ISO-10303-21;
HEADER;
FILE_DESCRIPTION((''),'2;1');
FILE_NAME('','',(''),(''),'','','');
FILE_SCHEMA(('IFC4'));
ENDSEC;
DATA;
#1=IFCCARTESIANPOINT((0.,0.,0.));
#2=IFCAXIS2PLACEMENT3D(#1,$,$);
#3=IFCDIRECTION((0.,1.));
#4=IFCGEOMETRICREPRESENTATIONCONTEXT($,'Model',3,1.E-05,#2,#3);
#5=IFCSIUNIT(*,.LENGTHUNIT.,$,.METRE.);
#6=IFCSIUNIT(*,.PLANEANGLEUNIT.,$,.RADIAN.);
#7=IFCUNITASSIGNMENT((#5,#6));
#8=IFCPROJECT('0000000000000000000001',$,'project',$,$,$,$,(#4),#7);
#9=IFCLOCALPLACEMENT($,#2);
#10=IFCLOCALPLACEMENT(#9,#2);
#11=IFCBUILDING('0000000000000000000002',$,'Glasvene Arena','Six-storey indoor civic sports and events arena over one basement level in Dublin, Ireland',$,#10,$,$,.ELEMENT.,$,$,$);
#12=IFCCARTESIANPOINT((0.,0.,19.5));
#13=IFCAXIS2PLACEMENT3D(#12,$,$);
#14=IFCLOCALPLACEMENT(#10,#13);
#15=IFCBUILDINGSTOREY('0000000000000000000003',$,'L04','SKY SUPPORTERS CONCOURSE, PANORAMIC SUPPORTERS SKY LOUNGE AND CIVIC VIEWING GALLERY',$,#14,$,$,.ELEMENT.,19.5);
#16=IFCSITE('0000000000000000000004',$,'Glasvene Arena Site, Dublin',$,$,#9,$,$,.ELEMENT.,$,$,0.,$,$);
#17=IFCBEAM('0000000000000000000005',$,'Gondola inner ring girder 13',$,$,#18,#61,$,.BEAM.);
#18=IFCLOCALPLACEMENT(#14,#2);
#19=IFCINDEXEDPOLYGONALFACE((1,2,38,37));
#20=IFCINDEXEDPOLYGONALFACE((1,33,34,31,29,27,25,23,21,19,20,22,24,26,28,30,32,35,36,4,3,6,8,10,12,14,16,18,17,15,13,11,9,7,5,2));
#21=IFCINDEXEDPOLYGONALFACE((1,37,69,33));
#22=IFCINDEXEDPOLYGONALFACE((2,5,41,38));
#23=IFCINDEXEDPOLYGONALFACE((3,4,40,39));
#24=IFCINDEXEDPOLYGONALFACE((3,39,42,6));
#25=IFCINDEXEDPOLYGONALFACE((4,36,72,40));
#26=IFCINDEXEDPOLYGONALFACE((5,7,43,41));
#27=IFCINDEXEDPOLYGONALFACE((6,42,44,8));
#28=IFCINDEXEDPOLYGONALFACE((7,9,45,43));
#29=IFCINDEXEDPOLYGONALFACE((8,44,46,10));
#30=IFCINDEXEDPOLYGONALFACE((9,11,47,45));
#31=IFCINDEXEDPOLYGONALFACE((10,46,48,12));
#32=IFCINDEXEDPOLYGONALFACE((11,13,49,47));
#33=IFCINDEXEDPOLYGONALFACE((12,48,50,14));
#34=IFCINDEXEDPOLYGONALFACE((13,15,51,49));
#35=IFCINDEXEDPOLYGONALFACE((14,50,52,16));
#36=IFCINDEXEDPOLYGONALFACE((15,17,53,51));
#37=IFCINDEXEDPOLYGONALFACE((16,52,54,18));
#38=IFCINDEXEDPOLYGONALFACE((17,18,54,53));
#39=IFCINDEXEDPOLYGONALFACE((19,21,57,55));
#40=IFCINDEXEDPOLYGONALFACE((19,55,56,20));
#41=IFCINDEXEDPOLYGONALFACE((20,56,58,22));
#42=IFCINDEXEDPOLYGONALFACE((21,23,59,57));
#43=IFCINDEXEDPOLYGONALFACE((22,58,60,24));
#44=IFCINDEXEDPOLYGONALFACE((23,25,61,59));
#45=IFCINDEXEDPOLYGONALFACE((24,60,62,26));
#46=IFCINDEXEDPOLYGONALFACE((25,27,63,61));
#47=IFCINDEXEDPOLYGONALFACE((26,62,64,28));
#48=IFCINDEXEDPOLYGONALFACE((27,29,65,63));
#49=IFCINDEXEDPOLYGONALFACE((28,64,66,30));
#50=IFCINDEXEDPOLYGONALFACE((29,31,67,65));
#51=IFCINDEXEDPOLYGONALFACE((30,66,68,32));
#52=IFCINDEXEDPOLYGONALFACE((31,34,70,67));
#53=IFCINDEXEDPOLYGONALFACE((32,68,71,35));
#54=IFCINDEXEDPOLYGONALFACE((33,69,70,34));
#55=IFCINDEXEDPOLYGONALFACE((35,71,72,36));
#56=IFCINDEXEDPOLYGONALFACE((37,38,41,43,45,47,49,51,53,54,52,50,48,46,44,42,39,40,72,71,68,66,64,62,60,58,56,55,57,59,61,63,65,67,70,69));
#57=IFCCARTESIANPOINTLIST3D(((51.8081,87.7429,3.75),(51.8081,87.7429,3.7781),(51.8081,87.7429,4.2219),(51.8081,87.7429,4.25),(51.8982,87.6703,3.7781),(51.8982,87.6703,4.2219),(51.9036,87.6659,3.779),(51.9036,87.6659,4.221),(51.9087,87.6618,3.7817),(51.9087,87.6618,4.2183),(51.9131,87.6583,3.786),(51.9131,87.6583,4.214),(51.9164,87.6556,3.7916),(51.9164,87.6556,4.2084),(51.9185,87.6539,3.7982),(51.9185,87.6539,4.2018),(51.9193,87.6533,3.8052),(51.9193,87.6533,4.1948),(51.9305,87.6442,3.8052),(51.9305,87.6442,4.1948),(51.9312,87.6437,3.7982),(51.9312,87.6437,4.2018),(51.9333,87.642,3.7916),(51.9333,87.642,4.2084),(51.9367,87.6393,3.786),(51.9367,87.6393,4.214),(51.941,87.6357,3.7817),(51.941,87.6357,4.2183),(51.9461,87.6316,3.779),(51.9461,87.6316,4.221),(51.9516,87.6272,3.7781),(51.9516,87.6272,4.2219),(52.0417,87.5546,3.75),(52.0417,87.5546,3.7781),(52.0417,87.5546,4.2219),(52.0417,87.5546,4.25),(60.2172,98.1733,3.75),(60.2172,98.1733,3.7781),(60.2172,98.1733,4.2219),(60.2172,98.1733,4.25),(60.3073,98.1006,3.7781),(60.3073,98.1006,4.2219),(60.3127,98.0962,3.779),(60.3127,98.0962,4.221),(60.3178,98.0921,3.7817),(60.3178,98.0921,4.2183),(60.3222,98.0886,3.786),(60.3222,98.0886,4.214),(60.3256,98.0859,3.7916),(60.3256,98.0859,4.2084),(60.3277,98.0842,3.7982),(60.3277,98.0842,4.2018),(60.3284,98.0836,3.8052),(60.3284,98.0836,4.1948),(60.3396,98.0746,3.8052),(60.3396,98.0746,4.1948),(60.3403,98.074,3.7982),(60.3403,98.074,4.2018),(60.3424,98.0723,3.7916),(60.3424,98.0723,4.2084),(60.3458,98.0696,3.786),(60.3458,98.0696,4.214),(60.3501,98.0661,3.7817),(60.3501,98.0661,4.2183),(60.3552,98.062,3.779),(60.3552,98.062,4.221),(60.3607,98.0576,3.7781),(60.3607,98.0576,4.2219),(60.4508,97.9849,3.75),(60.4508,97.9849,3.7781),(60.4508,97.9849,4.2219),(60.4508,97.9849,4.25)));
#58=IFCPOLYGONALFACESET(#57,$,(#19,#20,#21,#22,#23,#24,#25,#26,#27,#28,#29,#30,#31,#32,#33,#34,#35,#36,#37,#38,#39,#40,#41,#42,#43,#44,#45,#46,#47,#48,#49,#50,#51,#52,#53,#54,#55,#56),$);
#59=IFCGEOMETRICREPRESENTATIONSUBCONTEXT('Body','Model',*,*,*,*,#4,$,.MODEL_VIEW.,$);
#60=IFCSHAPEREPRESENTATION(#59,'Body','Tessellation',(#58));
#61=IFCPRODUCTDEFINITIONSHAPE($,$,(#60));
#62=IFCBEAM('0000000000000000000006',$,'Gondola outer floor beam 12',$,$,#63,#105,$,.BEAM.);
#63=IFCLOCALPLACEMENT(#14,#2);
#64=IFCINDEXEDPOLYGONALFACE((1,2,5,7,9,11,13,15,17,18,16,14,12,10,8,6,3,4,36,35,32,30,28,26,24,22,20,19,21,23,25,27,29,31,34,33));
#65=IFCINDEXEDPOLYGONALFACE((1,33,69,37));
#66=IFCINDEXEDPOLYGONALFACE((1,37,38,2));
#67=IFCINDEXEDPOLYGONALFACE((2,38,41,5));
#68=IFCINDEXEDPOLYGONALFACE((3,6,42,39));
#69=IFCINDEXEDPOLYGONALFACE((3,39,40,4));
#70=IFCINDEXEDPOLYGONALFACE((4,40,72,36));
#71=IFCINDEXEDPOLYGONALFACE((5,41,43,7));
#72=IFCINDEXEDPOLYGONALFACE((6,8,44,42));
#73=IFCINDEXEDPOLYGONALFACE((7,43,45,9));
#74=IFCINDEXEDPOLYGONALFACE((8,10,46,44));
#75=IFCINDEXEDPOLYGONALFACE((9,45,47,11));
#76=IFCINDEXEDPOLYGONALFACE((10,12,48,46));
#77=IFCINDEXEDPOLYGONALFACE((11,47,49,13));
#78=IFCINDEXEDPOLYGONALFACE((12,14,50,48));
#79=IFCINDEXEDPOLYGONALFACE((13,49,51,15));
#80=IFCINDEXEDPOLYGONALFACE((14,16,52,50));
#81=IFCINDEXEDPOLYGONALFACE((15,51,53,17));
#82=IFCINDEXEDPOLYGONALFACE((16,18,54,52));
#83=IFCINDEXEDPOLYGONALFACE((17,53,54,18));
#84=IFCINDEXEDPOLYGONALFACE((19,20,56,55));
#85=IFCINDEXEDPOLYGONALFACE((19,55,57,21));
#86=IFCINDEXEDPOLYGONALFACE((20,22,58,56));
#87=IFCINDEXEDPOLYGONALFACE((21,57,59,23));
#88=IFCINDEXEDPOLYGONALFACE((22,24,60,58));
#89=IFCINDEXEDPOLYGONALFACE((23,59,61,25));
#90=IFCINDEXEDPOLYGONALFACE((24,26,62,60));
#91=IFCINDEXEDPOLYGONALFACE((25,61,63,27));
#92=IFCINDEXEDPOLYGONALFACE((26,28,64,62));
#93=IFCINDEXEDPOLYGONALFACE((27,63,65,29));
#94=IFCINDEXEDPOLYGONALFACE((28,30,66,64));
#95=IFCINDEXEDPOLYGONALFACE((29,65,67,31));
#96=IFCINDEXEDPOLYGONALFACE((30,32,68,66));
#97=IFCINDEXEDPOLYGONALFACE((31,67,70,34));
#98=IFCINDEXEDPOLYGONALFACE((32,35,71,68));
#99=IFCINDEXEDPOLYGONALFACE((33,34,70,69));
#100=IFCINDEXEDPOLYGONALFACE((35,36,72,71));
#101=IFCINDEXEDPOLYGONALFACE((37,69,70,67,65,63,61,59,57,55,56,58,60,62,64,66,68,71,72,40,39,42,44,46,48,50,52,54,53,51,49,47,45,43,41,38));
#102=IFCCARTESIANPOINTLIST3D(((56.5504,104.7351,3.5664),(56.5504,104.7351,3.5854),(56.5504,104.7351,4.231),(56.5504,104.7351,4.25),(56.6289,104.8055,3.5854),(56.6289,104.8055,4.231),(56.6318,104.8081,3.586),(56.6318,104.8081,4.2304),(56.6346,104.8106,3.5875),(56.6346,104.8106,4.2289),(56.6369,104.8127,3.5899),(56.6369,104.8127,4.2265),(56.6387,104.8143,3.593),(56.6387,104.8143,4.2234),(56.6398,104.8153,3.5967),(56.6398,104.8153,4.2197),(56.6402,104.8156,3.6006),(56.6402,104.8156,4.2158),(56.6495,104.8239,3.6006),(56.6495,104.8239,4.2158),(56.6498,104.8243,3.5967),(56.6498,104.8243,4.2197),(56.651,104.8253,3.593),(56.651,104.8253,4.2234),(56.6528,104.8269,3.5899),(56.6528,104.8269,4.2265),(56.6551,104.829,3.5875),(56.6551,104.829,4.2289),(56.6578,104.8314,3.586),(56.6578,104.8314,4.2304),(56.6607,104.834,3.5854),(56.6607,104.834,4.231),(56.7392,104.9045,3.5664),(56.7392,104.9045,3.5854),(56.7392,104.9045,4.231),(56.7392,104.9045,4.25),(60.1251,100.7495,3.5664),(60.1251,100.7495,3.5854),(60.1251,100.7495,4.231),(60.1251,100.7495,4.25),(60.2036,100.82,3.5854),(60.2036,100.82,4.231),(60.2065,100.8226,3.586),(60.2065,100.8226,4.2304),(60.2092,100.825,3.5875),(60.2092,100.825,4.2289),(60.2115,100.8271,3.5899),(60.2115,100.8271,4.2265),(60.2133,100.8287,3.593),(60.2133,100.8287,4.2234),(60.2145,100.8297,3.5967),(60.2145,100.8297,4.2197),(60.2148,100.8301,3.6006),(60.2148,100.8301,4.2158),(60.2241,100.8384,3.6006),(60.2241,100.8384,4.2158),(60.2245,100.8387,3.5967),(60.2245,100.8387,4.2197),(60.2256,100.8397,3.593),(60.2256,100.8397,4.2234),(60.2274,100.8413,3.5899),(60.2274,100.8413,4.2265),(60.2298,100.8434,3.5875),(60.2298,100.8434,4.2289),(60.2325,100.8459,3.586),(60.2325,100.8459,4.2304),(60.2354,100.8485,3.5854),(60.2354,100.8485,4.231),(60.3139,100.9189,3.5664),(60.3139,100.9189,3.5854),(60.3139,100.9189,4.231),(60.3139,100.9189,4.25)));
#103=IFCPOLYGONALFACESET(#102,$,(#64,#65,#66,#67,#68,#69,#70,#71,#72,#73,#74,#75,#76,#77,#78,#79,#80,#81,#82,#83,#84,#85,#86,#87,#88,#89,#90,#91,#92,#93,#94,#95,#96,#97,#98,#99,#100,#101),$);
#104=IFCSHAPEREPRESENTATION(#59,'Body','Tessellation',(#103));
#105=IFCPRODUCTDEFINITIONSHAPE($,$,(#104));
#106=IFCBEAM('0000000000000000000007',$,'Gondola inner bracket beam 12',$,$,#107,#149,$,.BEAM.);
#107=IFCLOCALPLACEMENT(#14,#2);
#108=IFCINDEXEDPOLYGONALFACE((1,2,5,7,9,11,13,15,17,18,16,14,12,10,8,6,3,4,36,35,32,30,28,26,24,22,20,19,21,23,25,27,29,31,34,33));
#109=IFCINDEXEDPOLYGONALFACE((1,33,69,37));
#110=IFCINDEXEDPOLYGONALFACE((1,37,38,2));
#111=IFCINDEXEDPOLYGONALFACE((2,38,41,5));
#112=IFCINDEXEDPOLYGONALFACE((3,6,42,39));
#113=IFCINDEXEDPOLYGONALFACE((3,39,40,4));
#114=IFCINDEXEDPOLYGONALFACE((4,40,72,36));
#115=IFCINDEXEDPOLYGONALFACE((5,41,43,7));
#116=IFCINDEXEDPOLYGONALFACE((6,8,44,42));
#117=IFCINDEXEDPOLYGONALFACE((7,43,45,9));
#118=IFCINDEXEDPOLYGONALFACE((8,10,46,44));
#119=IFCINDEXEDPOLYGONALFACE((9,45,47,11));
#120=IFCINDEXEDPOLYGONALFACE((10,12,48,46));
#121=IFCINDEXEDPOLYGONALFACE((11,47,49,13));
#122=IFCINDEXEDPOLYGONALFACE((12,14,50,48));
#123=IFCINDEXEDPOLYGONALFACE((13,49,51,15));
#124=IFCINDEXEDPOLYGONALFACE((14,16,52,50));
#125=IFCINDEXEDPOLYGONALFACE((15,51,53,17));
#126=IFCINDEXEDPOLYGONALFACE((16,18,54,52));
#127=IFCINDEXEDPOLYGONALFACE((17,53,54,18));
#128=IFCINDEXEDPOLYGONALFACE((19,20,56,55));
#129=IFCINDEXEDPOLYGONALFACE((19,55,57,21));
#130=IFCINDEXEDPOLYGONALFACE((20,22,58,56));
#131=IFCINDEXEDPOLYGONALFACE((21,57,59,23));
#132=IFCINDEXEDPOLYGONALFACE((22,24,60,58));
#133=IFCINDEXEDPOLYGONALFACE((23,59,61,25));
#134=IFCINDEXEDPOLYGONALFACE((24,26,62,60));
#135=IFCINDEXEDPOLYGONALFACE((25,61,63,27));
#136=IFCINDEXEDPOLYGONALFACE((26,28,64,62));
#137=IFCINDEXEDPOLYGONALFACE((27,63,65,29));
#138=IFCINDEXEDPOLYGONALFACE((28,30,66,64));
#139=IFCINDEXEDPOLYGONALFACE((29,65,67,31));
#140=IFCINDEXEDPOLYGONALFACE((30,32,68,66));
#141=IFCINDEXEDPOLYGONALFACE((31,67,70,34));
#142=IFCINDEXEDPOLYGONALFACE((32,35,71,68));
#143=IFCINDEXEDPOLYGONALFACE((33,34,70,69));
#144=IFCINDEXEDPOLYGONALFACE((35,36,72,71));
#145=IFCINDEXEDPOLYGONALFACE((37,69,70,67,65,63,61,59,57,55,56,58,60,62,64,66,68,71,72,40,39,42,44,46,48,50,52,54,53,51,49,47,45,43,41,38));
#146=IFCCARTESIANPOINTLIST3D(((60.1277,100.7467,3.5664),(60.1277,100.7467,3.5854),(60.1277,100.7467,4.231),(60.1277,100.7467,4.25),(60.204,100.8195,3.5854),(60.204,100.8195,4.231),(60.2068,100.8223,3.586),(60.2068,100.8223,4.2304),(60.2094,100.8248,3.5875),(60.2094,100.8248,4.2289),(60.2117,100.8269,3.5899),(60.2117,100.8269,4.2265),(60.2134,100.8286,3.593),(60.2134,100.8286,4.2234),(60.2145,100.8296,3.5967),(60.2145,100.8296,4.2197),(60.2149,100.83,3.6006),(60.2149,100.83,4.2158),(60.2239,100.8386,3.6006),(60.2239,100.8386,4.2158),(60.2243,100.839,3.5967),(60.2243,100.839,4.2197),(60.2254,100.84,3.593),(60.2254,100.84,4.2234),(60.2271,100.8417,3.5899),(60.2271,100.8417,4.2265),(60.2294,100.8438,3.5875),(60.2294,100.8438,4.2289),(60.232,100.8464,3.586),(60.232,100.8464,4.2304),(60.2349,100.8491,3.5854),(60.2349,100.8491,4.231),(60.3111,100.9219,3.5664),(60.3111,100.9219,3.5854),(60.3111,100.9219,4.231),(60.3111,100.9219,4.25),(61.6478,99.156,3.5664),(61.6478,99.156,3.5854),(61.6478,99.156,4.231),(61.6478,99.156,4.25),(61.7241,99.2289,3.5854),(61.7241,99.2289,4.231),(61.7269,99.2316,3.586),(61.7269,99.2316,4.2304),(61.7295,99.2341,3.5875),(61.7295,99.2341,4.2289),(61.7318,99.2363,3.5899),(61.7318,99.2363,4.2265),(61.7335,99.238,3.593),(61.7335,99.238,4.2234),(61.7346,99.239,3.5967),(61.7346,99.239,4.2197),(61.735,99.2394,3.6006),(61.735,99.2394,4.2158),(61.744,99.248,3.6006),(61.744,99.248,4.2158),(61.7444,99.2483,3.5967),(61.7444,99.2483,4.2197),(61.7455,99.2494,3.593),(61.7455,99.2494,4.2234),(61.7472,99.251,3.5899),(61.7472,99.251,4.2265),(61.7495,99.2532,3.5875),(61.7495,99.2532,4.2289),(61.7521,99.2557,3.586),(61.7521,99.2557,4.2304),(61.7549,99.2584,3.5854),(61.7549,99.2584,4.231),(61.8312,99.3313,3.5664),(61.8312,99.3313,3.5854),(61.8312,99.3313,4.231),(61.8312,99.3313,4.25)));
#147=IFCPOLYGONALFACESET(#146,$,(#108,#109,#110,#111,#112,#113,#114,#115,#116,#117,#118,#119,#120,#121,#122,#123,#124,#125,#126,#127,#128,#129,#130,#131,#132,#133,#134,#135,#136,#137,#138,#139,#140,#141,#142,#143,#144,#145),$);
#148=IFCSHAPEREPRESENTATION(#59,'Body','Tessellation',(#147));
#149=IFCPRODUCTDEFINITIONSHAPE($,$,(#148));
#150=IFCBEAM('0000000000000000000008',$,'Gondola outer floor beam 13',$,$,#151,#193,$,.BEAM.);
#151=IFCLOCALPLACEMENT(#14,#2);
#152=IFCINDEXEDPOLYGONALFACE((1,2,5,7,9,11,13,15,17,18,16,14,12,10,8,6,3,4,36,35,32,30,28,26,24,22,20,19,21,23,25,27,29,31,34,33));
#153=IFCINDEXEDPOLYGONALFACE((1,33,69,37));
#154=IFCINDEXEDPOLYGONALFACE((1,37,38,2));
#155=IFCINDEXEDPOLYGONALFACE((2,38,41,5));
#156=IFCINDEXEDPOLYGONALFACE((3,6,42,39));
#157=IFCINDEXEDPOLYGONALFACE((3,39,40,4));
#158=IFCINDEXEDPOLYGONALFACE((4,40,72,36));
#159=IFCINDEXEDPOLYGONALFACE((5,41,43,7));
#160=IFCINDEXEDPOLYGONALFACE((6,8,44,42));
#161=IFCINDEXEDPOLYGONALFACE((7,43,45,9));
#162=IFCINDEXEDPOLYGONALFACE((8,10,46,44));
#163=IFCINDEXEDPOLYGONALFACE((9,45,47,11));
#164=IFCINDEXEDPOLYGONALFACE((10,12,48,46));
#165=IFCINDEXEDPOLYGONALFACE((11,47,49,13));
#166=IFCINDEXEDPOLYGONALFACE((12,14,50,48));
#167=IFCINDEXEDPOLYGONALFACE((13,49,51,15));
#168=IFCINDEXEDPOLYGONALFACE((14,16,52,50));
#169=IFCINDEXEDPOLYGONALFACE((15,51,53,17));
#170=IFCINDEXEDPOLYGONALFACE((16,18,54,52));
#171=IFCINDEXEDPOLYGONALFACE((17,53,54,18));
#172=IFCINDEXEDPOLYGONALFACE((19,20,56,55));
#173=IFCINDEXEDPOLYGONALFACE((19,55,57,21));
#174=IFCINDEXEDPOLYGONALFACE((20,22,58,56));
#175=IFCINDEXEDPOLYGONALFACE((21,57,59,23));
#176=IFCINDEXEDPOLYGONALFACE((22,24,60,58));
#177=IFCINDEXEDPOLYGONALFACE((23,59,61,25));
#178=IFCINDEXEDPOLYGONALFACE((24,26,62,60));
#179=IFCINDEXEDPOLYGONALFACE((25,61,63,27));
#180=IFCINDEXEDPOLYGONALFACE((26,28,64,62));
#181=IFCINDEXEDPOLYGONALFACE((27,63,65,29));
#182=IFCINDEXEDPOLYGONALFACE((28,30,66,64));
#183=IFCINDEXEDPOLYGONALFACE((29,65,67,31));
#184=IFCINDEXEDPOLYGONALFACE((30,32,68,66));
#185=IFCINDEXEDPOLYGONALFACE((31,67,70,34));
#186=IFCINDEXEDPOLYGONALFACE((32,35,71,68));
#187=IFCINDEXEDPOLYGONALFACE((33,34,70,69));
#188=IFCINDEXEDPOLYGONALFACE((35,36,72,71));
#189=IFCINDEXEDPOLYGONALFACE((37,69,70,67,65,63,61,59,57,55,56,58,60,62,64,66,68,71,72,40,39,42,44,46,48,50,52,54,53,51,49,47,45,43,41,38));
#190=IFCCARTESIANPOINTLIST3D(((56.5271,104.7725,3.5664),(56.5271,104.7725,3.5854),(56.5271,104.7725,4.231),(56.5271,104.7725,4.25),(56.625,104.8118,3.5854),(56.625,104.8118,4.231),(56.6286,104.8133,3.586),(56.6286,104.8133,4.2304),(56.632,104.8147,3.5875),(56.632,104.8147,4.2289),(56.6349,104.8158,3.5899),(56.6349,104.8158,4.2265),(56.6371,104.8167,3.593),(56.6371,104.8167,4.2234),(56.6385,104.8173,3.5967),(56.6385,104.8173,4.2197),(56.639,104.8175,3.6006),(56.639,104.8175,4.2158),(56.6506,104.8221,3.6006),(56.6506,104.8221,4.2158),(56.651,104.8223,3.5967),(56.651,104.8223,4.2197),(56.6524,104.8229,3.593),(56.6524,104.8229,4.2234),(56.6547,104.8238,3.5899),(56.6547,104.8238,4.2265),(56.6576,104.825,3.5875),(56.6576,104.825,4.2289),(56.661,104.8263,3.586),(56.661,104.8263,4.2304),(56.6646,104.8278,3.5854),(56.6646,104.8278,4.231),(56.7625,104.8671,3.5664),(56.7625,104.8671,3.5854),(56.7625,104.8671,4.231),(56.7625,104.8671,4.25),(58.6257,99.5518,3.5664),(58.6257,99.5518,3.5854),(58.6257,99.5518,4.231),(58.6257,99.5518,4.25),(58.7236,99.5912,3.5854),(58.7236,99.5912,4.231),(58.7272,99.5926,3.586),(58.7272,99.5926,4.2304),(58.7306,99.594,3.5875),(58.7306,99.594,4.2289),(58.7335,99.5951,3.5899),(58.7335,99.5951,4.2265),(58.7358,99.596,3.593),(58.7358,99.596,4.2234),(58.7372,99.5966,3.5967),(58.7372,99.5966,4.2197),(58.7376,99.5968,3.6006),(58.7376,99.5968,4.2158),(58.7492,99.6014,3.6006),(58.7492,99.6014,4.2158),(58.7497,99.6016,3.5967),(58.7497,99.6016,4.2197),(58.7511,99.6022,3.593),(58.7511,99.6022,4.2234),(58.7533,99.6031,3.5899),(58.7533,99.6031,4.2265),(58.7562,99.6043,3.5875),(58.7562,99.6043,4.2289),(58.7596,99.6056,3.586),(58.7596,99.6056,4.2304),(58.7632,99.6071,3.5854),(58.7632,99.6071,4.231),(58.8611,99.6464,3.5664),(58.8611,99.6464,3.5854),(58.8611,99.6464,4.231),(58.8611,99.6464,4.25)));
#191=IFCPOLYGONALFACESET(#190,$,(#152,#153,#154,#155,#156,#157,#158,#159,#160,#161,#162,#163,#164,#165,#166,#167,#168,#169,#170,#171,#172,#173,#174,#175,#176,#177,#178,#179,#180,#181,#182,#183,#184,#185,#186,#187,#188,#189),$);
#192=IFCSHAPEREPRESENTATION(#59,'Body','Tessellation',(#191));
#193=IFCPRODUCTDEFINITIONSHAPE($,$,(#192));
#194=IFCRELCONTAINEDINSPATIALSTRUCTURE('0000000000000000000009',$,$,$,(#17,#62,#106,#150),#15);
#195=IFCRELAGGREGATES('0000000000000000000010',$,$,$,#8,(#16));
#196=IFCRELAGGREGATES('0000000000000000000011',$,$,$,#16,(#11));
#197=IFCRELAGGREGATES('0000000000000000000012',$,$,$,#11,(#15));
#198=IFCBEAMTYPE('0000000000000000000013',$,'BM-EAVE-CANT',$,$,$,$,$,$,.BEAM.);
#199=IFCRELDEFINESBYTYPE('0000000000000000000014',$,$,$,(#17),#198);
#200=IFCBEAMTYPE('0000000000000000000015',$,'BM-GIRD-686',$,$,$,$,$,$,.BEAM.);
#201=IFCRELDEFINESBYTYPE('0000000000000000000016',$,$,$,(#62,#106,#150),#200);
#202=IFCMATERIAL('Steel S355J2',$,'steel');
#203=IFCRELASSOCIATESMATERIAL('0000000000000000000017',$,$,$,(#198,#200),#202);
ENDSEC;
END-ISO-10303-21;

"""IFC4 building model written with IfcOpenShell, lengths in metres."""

from ifc_helpers import new_model, si_unit, direction, frame, origin, origin_2d, place, context, subcontext, project, spatial, i_section, extrude, material, material_profile, profile_set, type_object, element, save


model = new_model("IFC4")

# Units and contexts
model_context = context("Model", 3, precision=1e-05, world=origin(), true_north=direction((0.0, 1.0)))
body_context = subcontext(model_context, "Body", "Model", "MODEL_VIEW")
ifc_project = project(units=[si_unit("LENGTHUNIT", "METRE"), si_unit("PLANEANGLEUNIT", "RADIAN")], contexts=[model_context])

# Site, building, storey
site_placement = place(None, origin())
site = spatial("IfcSite", under=ifc_project, at=site_placement, Name="Glasvene Arena Site, Dublin", CompositionType="ELEMENT", RefElevation=0.0)
building_placement = place(site_placement, origin())
building = spatial("IfcBuilding", under=site, at=building_placement, Name="Glasvene Arena", Description="Six-storey indoor civic sports and events arena over one basement level in Dublin, Ireland", CompositionType="ELEMENT")
storey_placement = place(building_placement, frame((0.0, 0.0, 19.5)))
storey = spatial("IfcBuildingStorey", under=building, at=storey_placement, Name="L04", Description="SKY SUPPORTERS CONCOURSE, PANORAMIC SUPPORTERS SKY LOUNGE AND CIVIC VIEWING GALLERY", CompositionType="ELEMENT", Elevation=19.5)

# Shared definitions
ifc_material_1 = material(Name="Steel S355J2", Category="steel")

# Beams
ifc_material_profile_1 = material_profile(ifc_material_1, i_section(OverallWidth=0.3, OverallDepth=0.5, WebThickness=0.0144, FlangeThickness=0.0281, FilletRadius=0.0271, at=origin_2d()), Name="HEB 500")
ifc_profile_set_1 = profile_set([ifc_material_profile_1], Name="Steel S355J2")
beam_type_1 = type_object("IfcBeamType", Name="BM-EAVE-CANT", PredefinedType="BEAM", material=ifc_profile_set_1)
beam_1_placement = place(storey_placement, frame((60.334, 98.0791, 4.0), z_axis=(-0.627642, -0.778502, 0.0), x_axis=(0.778502, -0.627642, 0.0)))
element("IfcBeam", 1, at=beam_1_placement, inside=storey, type_object=beam_type_1, Name="Gondola inner ring girder 13", PredefinedType="BEAM", context=body_context, shape_type="SweptSolid", body=[
    extrude(i_section(OverallWidth=0.3, OverallDepth=0.5, WebThickness=0.0144, FlangeThickness=0.0281, FilletRadius=0.0271, at=origin_2d()), origin(), (0.0, 0.0, 1.0), 13.3979),
])
ifc_material_profile_2 = material_profile(ifc_material_1, i_section(OverallWidth=0.2537, OverallDepth=0.6836, WebThickness=0.0125, FlangeThickness=0.019, FilletRadius=0.0151, at=origin_2d()), Name="UKB 686x254x140")
ifc_profile_set_2 = profile_set([ifc_material_profile_2], Name="Steel S355J2")
beam_type_2 = type_object("IfcBeamType", Name="BM-GIRD-686", PredefinedType="BEAM", material=ifc_profile_set_2)
beam_2_placement = place(storey_placement, frame((60.2195, 100.8342, 3.9082), z_axis=(-0.667691, 0.744438, 0.0), x_axis=(-0.744438, -0.667691, 0.0)))
element("IfcBeam", 2, at=beam_2_placement, inside=storey, type_object=beam_type_2, Name="Gondola outer floor beam 12", PredefinedType="BEAM", context=body_context, shape_type="SweptSolid", body=[
    extrude(i_section(OverallWidth=0.2537, OverallDepth=0.6836, WebThickness=0.0125, FlangeThickness=0.019, FilletRadius=0.0151, at=origin_2d()), origin(), (0.0, 0.0, 1.0), 5.3538),
])
beam_3_placement = place(storey_placement, frame((61.7395, 99.2437, 3.9082), z_axis=(-0.69089, 0.72296, 0.0), x_axis=(-0.72296, -0.69089, 0.0)))
element("IfcBeam", 3, at=beam_3_placement, inside=storey, type_object=beam_type_2, Name="Gondola inner bracket beam 12", PredefinedType="BEAM", context=body_context, shape_type="SweptSolid", body=[
    extrude(i_section(OverallWidth=0.2537, OverallDepth=0.6836, WebThickness=0.0125, FlangeThickness=0.019, FilletRadius=0.0151, at=origin_2d()), origin(), (0.0, 0.0, 1.0), 2.2002),
])
beam_4_placement = place(storey_placement, frame((58.7434, 99.5991, 3.9082), z_axis=(-0.372976, 0.927841, 0.0), x_axis=(-0.927841, -0.372976, 0.0)))
element("IfcBeam", 4, at=beam_4_placement, inside=storey, type_object=beam_type_2, Name="Gondola outer floor beam 13", PredefinedType="BEAM", context=body_context, shape_type="SweptSolid", body=[
    extrude(i_section(OverallWidth=0.2537, OverallDepth=0.6836, WebThickness=0.0125, FlangeThickness=0.019, FilletRadius=0.0151, at=origin_2d()), origin(), (0.0, 0.0, 1.0), 5.6267),
])

save(model, "model.ifc")
